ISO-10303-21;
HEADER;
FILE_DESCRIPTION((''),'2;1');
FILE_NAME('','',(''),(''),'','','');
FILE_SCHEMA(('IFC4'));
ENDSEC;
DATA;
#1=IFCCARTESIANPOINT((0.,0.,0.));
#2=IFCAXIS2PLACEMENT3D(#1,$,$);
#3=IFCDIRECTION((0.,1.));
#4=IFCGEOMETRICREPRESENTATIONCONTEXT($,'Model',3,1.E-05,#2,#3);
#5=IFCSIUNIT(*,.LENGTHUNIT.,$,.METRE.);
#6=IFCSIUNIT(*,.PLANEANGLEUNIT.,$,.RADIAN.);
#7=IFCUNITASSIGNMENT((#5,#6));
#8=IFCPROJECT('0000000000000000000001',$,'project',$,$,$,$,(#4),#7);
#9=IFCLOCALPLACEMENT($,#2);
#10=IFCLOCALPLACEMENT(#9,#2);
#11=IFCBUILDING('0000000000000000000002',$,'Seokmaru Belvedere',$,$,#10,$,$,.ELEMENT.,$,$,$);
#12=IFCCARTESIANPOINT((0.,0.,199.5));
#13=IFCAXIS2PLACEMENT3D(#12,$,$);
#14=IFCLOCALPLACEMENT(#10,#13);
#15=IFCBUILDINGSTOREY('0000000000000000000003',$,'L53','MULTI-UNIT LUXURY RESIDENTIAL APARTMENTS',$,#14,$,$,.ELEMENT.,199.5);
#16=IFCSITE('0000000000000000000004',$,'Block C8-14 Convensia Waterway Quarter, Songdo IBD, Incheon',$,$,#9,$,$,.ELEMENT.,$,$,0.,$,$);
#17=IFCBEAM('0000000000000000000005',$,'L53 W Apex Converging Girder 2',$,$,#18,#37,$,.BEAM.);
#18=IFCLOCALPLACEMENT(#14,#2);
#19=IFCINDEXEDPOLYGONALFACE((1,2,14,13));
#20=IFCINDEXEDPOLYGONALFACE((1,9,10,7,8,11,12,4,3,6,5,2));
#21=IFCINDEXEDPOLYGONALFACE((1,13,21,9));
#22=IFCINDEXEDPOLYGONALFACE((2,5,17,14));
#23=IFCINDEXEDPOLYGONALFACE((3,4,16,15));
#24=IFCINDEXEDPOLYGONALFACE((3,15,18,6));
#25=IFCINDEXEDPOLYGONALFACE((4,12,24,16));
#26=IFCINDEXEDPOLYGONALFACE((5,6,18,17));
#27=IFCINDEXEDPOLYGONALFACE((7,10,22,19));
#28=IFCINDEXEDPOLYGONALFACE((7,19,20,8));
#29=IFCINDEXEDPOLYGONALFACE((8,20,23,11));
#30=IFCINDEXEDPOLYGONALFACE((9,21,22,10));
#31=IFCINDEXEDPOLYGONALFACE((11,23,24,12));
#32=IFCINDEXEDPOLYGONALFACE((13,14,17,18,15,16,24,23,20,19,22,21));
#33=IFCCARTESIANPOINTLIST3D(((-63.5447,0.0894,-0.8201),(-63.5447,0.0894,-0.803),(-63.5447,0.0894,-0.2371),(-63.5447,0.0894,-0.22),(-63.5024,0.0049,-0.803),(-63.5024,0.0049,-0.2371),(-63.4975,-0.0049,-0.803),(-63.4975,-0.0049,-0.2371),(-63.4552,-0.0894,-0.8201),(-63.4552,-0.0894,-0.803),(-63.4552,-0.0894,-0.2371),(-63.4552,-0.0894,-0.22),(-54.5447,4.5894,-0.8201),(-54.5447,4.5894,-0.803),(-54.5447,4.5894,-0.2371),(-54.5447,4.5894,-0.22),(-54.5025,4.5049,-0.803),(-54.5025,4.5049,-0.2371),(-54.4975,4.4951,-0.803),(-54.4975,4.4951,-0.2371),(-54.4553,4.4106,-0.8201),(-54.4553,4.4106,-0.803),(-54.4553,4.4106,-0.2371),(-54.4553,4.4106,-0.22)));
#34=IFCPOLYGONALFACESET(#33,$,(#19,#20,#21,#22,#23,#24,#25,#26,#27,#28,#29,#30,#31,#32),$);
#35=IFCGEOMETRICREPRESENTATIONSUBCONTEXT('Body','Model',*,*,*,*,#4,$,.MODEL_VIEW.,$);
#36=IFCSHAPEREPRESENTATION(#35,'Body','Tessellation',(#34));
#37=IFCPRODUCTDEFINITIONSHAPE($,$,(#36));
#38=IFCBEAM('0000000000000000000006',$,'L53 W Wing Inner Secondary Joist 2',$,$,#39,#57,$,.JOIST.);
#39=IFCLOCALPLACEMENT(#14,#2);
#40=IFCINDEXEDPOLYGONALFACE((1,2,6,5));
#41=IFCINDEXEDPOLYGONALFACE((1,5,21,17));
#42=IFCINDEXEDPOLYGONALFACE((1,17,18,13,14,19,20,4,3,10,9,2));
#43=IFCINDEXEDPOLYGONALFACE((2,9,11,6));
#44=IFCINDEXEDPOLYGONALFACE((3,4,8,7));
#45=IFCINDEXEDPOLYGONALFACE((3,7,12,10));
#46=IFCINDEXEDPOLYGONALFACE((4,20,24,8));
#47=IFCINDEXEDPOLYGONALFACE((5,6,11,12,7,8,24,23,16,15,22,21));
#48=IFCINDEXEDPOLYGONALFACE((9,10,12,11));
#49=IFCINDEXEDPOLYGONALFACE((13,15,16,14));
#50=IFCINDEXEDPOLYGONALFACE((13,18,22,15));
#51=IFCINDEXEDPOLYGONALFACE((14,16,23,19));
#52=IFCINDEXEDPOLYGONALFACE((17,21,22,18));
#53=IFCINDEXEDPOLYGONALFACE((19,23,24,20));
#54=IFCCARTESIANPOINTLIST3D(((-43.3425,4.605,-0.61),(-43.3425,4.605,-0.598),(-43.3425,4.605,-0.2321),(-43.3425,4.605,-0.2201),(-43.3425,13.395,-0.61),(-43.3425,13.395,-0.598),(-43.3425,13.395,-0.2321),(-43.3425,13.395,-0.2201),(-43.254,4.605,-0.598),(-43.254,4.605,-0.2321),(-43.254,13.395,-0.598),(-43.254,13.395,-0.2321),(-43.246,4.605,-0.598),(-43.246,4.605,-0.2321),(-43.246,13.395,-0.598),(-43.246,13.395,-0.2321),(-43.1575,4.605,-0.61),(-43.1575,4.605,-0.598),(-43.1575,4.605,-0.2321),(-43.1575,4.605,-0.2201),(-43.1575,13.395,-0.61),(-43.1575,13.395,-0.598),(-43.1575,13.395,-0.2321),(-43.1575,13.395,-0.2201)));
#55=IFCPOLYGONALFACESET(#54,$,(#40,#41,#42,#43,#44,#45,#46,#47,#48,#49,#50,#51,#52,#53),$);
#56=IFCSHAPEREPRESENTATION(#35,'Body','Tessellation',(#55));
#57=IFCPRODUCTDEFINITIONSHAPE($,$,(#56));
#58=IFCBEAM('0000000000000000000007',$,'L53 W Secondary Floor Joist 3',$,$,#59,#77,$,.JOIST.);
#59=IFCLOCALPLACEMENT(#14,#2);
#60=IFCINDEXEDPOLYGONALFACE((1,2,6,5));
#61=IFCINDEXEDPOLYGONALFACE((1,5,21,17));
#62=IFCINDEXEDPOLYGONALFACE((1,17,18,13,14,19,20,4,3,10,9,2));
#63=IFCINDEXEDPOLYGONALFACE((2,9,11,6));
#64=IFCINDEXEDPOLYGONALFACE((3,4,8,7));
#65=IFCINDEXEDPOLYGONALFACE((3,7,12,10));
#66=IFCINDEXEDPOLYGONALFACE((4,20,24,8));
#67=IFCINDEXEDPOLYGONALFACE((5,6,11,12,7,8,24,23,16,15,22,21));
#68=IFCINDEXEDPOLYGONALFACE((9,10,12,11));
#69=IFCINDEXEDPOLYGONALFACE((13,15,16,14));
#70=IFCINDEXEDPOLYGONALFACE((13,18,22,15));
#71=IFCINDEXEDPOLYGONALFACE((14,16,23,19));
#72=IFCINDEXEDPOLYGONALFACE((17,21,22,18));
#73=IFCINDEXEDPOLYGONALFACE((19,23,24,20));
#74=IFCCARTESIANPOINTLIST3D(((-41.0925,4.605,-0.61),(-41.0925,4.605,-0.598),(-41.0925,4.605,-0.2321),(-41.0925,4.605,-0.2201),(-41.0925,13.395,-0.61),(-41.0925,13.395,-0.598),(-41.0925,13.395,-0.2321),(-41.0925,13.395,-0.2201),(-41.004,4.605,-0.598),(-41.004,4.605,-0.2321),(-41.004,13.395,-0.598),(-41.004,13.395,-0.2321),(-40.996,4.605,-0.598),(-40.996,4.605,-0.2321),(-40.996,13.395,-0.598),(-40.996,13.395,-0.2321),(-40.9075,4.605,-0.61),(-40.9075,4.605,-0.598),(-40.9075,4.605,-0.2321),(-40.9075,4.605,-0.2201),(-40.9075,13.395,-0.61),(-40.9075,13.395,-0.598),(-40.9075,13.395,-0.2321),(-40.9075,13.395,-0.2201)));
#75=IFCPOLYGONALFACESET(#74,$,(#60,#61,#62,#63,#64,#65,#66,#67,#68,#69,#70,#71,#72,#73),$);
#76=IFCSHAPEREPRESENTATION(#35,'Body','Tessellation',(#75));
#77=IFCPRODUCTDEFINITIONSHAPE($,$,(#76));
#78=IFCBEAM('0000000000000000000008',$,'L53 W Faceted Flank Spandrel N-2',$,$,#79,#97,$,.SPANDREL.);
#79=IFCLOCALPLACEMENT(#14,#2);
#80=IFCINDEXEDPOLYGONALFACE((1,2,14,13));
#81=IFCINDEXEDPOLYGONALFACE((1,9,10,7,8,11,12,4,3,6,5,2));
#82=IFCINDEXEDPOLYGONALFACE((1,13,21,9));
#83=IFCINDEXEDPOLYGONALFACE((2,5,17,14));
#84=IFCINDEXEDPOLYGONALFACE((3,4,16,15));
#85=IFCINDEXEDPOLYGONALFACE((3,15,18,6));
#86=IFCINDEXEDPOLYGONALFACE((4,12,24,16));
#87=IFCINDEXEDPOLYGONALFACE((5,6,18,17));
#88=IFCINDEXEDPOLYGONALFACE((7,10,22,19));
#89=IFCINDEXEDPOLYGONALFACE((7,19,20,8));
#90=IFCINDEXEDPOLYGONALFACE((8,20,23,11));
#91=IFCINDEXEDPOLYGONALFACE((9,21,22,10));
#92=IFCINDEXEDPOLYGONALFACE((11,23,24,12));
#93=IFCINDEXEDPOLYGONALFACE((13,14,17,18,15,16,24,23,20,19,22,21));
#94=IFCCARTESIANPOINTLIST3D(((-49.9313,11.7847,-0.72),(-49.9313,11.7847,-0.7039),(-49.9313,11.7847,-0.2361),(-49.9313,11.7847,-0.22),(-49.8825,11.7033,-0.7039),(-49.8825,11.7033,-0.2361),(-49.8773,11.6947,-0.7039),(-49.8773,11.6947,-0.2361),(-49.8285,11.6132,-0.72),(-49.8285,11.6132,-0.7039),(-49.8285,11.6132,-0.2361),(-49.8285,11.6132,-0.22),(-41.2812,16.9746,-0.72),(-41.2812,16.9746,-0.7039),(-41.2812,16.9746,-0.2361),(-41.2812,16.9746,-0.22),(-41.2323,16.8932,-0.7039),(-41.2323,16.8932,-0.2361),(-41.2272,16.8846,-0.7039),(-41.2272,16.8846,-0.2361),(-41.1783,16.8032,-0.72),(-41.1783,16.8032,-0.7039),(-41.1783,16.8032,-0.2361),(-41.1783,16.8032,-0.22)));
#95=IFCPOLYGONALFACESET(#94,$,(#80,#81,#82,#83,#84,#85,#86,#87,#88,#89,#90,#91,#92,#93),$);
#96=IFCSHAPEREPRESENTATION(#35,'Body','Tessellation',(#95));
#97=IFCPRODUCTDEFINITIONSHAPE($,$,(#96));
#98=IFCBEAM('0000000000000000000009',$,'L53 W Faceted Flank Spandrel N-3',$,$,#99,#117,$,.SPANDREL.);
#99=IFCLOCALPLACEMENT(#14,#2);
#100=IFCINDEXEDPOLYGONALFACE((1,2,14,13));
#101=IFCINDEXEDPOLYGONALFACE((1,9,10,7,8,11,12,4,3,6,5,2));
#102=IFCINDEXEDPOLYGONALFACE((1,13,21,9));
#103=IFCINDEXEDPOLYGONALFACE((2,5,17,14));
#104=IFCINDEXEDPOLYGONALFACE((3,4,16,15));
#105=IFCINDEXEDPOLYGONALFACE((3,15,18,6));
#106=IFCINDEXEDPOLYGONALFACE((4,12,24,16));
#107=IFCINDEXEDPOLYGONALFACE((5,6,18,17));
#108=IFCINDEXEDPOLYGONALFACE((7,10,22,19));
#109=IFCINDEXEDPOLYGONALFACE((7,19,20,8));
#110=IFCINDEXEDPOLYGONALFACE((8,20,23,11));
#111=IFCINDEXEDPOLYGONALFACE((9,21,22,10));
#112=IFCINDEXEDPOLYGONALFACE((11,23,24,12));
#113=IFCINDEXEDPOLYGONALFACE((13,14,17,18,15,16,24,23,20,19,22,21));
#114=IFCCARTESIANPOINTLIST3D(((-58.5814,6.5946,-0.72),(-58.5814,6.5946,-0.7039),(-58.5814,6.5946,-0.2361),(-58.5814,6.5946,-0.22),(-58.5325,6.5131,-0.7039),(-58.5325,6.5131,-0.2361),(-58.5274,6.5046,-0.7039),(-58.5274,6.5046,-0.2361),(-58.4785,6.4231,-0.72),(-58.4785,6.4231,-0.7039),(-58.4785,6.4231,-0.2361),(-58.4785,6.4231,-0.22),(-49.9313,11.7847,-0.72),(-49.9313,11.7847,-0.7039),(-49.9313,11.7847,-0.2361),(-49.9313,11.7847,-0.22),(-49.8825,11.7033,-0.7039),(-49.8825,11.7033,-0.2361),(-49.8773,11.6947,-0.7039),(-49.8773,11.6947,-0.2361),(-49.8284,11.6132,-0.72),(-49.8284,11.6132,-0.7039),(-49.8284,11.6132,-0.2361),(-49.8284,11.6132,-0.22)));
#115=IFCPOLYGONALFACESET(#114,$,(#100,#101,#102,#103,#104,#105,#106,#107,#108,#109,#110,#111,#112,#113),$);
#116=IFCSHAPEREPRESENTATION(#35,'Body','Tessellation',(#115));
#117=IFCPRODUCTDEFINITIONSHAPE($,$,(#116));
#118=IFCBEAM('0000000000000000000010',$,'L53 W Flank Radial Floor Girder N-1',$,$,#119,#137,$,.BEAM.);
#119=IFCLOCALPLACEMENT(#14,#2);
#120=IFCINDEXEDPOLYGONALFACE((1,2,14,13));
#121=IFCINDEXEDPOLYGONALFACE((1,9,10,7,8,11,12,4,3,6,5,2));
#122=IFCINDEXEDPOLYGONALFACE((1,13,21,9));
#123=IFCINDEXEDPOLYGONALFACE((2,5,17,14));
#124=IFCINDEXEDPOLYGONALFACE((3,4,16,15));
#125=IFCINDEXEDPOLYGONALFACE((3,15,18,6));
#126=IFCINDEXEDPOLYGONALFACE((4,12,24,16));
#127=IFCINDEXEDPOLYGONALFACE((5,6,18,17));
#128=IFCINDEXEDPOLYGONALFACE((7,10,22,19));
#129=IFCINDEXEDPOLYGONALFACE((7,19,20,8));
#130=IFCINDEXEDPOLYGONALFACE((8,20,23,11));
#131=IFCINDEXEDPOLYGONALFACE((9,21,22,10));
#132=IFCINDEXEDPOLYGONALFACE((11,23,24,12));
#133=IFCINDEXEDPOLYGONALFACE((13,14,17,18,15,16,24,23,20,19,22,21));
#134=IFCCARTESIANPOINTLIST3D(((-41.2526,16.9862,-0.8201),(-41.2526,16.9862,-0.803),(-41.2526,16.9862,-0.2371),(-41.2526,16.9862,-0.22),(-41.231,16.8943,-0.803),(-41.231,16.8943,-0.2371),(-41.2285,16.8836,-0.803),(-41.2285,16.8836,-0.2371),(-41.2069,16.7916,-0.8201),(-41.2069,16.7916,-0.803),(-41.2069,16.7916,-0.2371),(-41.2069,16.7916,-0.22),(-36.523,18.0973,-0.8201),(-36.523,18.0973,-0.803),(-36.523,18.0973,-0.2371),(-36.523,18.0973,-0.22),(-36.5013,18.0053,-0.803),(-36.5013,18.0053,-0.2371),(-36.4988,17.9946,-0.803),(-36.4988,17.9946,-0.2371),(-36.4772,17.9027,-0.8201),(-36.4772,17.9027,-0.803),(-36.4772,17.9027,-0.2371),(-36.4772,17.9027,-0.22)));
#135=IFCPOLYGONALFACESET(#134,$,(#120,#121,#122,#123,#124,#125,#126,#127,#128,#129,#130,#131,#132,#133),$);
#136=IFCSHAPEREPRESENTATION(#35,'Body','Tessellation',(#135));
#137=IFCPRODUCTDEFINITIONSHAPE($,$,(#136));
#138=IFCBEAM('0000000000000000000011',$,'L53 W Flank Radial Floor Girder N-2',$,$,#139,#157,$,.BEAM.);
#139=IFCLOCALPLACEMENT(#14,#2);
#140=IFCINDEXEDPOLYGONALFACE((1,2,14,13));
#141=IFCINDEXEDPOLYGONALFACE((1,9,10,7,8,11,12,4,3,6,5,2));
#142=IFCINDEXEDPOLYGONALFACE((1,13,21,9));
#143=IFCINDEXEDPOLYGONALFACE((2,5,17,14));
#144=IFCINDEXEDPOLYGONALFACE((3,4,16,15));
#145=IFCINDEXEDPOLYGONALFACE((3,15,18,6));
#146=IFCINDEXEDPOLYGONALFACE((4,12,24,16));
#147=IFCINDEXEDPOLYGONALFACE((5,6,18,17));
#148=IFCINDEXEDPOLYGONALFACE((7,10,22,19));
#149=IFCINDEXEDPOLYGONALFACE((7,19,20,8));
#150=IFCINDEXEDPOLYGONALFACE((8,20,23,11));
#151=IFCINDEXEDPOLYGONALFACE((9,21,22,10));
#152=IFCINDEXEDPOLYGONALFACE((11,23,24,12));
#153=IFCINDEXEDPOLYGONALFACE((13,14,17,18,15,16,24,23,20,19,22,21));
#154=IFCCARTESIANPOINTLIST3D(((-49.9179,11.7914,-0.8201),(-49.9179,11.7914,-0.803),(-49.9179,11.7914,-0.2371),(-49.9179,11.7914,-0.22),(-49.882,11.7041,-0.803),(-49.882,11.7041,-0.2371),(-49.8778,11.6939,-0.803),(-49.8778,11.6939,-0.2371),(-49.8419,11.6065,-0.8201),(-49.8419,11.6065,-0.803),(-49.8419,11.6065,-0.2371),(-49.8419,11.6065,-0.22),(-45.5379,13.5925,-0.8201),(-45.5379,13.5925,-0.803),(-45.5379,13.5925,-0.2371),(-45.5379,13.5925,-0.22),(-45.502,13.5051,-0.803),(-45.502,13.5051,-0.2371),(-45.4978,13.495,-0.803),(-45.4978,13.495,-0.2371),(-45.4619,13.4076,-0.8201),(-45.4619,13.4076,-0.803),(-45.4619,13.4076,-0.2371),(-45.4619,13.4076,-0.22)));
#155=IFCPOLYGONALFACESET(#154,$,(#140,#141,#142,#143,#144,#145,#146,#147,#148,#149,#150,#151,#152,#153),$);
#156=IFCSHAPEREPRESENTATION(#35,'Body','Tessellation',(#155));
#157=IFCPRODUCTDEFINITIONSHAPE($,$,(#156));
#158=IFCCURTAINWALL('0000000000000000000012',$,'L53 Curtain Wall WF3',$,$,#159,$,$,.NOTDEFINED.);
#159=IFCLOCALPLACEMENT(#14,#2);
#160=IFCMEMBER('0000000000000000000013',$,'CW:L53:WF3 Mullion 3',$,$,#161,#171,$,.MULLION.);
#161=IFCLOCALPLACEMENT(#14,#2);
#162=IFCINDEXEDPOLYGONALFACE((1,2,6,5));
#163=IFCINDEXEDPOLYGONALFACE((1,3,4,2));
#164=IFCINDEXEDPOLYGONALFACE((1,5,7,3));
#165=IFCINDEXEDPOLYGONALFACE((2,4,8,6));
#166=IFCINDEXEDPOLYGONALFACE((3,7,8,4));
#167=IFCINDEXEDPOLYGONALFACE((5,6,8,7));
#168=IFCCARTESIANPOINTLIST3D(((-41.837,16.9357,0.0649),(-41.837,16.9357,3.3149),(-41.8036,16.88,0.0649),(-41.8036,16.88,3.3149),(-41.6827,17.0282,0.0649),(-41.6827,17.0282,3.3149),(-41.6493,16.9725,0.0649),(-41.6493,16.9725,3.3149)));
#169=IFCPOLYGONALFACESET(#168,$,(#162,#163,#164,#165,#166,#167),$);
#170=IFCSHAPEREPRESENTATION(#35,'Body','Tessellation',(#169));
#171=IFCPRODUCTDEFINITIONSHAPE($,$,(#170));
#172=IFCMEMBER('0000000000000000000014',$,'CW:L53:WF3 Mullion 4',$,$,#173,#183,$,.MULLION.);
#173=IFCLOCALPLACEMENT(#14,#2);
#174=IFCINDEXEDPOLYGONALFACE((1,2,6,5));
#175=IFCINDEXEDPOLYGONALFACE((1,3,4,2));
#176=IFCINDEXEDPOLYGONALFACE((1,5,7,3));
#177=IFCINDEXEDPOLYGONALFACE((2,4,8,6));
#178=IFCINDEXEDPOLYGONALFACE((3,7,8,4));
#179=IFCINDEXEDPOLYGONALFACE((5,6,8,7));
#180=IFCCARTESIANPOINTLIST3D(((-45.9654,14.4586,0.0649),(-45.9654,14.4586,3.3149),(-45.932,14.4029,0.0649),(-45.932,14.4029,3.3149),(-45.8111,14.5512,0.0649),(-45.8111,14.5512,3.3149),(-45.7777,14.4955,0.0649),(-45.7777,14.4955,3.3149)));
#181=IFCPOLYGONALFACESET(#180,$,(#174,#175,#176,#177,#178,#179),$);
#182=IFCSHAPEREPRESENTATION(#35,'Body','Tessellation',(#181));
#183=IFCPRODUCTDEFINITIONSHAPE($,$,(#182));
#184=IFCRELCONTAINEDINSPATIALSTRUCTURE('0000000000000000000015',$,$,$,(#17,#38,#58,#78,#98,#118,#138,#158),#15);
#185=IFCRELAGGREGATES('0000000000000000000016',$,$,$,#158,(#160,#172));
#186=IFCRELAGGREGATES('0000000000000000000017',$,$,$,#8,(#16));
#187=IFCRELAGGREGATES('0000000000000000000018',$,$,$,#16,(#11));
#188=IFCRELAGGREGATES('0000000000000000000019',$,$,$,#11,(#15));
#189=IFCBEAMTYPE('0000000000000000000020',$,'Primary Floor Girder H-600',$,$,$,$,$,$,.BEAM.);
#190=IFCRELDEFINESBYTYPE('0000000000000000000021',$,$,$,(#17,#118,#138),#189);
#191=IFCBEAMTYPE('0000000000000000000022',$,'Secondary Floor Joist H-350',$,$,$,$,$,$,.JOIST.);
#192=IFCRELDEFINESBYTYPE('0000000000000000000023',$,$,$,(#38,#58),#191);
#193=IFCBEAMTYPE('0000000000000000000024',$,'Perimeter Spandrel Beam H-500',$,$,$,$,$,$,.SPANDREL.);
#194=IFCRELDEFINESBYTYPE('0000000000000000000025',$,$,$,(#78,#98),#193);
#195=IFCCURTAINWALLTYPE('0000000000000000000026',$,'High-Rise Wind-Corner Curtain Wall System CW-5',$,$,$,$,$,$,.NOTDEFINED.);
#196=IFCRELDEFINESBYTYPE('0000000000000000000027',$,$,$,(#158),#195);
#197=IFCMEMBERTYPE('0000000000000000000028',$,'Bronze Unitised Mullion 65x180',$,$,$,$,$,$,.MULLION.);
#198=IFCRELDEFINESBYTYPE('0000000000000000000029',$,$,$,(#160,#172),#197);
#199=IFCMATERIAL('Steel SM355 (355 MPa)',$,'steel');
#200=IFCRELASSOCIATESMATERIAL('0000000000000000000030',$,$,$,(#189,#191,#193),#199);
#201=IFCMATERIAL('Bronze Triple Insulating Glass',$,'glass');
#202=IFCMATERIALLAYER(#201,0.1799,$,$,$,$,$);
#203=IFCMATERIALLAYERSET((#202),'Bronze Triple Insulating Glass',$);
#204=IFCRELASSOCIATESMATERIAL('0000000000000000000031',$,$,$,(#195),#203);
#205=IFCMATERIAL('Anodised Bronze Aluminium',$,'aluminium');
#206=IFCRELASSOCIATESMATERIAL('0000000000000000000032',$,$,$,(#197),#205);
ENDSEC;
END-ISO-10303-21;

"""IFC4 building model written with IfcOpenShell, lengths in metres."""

from ifc_helpers import new_model, si_unit, direction, frame, origin, origin_2d, place, context, subcontext, project, spatial, rectangle, i_section, extrude, source, transform, mapped, material, layer, layer_set, material_profile, profile_set, type_object, type_shapes, element, aggregate, save


model = new_model("IFC4")

# Units and contexts
model_context = context("Model", 3, precision=1e-05, world=origin(), true_north=direction((0.0, 1.0)))
body_context = subcontext(model_context, "Body", "Model", "MODEL_VIEW")
ifc_project = project(units=[si_unit("LENGTHUNIT", "METRE"), si_unit("PLANEANGLEUNIT", "RADIAN")], contexts=[model_context])

# Site, building, storey
site_placement = place(None, origin())
site = spatial("IfcSite", under=ifc_project, at=site_placement, Name="Block C8-14 Convensia Waterway Quarter, Songdo IBD, Incheon", CompositionType="ELEMENT", RefElevation=0.0)
building_placement = place(site_placement, origin())
building = spatial("IfcBuilding", under=site, at=building_placement, Name="Seokmaru Belvedere", CompositionType="ELEMENT")
storey_placement = place(building_placement, frame((0.0, 0.0, 199.5)))
storey = spatial("IfcBuildingStorey", under=building, at=storey_placement, Name="L53", Description="MULTI-UNIT LUXURY RESIDENTIAL APARTMENTS", CompositionType="ELEMENT", Elevation=199.5)

# Shared definitions
ifc_material_1 = material(Name="Steel SM355 (355 MPa)", Category="steel")

# Beams
ifc_material_profile_1 = material_profile(ifc_material_1, i_section(OverallWidth=0.2, OverallDepth=0.6001, WebThickness=0.011, FlangeThickness=0.0171, at=origin_2d()), Name="H-600x200x11x17")
ifc_profile_set_1 = profile_set([ifc_material_profile_1], Name="Steel SM355 (355 MPa)")
beam_type_1 = type_object("IfcBeamType", Name="Primary Floor Girder H-600", PredefinedType="BEAM", material=ifc_profile_set_1)
shared_shape_1 = source(origin(), body_context, "Body", "SweptSolid", [
    extrude(i_section(OverallWidth=0.2, OverallDepth=0.6001, WebThickness=0.011, FlangeThickness=0.0171, at=origin_2d()), origin(), (0.0, 0.0, 1.0), 10.0623),
])
beam_1_placement = place(storey_placement, frame((-54.5, 4.5, -0.52), z_axis=(-0.894427, -0.447214, 0.0), x_axis=(0.447214, -0.894427, 0.0)))
element("IfcBeam", 1, at=beam_1_placement, inside=storey, type_object=beam_type_1, Name="L53 W Apex Converging Girder 2", PredefinedType="BEAM", context=body_context, shape_type="MappedRepresentation", body=[
    mapped(shared_shape_1, transform((0.0, 0.0, 0.0), scale=1.0)),
])
ifc_material_profile_2 = material_profile(ifc_material_1, i_section(OverallWidth=0.1851, OverallDepth=0.3899, WebThickness=0.0081, FlangeThickness=0.012, at=origin_2d()), Name="H-390x185x8x12")
ifc_profile_set_2 = profile_set([ifc_material_profile_2], Name="Steel SM355 (355 MPa)")
beam_type_2 = type_object("IfcBeamType", Name="Secondary Floor Joist H-350", PredefinedType="JOIST", material=ifc_profile_set_2)
shared_shape_2 = source(origin(), body_context, "Body", "SweptSolid", [
    extrude(i_section(OverallWidth=0.1851, OverallDepth=0.3899, WebThickness=0.0081, FlangeThickness=0.012, at=origin_2d()), origin(), (0.0, 0.0, 1.0), 8.79),
])
type_shapes(beam_type_2, [shared_shape_2])
for number, where, z_axis, x_axis, name in (
    (2, (-43.25, 4.605, -0.415), (0.0, 1.0, 0.0), (-1.0, 0.0, 0.0), "L53 W Wing Inner Secondary Joist 2"),
    (3, (-41.0, 4.605, -0.415), (0.0, 1.0, 0.0), (-1.0, 0.0, 0.0), "L53 W Secondary Floor Joist 3"),
):
    element("IfcBeam", number, at=place(storey_placement, frame(where, z_axis=z_axis, x_axis=x_axis)), inside=storey, type_object=beam_type_2, Name=name, PredefinedType="JOIST", context=body_context, shape_type="MappedRepresentation", body=[
        mapped(shared_shape_2, transform((0.0, 0.0, 0.0), scale=1.0)),
    ])
ifc_material_profile_3 = material_profile(ifc_material_1, i_section(OverallWidth=0.2, OverallDepth=0.5, WebThickness=0.01, FlangeThickness=0.0161, at=origin_2d()), Name="H-500x200x10x16")
ifc_profile_set_3 = profile_set([ifc_material_profile_3], Name="Steel SM355 (355 MPa)")
beam_type_3 = type_object("IfcBeamType", Name="Perimeter Spandrel Beam H-500", PredefinedType="SPANDREL", material=ifc_profile_set_3)
shared_shape_3 = source(origin(), body_context, "Body", "SweptSolid", [
    extrude(i_section(OverallWidth=0.2, OverallDepth=0.5, WebThickness=0.01, FlangeThickness=0.0161, at=origin_2d()), origin(), (0.0, 0.0, 1.0), 10.0876),
])
type_shapes(beam_type_3, [shared_shape_3])
for number, where, z_axis, x_axis, name in (
    (4, (-41.2297, 16.8889, -0.47), (-0.857499, -0.514485, 0.0), (0.514485, -0.857499, 0.0), "L53 W Faceted Flank Spandrel N-2"),
    (5, (-49.8799, 11.699, -0.47), (-0.857489, -0.514503, 0.0), (0.514503, -0.857489, 0.0), "L53 W Faceted Flank Spandrel N-3"),
):
    element("IfcBeam", number, at=place(storey_placement, frame(where, z_axis=z_axis, x_axis=x_axis)), inside=storey, type_object=beam_type_3, Name=name, PredefinedType="SPANDREL", context=body_context, shape_type="MappedRepresentation", body=[
        mapped(shared_shape_3, transform((0.0, 0.0, 0.0), scale=1.0)),
    ])
shared_shape_4 = source(origin(), body_context, "Body", "SweptSolid", [
    extrude(i_section(OverallWidth=0.2, OverallDepth=0.6001, WebThickness=0.011, FlangeThickness=0.0171, at=origin_2d()), origin(), (0.0, 0.0, 1.0), 4.8584),
])
beam_2_placement = place(storey_placement, frame((-41.2297, 16.8889, -0.52), z_axis=(0.973499, 0.228689, 0.0), x_axis=(-0.228689, 0.973499, 0.0)))
element("IfcBeam", 6, at=beam_2_placement, inside=storey, type_object=beam_type_1, Name="L53 W Flank Radial Floor Girder N-1", PredefinedType="BEAM", context=body_context, shape_type="MappedRepresentation", body=[
    mapped(shared_shape_4, transform((0.0, 0.0, 0.0), scale=1.0)),
])
shared_shape_5 = source(origin(), body_context, "Body", "SweptSolid", [
    extrude(i_section(OverallWidth=0.2, OverallDepth=0.6001, WebThickness=0.011, FlangeThickness=0.0171, at=origin_2d()), origin(), (0.0, 0.0, 1.0), 4.7358),
])
beam_3_placement = place(storey_placement, frame((-49.8799, 11.699, -0.52), z_axis=(0.924861, 0.380306, 0.0), x_axis=(-0.380306, 0.924861, 0.0)))
element("IfcBeam", 7, at=beam_3_placement, inside=storey, type_object=beam_type_1, Name="L53 W Flank Radial Floor Girder N-2", PredefinedType="BEAM", context=body_context, shape_type="MappedRepresentation", body=[
    mapped(shared_shape_5, transform((0.0, 0.0, 0.0), scale=1.0)),
])

# Curtain wall, members
ifc_material_2 = material(Name="Bronze Triple Insulating Glass", Category="glass")
ifc_layer_1 = layer(ifc_material_2, 0.1799)
ifc_layer_set_1 = layer_set([ifc_layer_1], Name="Bronze Triple Insulating Glass")
curtain_wall_type = type_object("IfcCurtainWallType", Name="High-Rise Wind-Corner Curtain Wall System CW-5", PredefinedType="NOTDEFINED", material=ifc_layer_set_1)
curtain_wall_placement = place(storey_placement, origin())
curtain_wall = element("IfcCurtainWall", 8, at=curtain_wall_placement, inside=storey, type_object=curtain_wall_type, Name="L53 Curtain Wall WF3", PredefinedType="NOTDEFINED")
ifc_material_3 = material(Name="Anodised Bronze Aluminium", Category="aluminium")
ifc_material_profile_4 = material_profile(ifc_material_3, rectangle(XDim=0.0649, YDim=0.1799, at=origin_2d()), Name="CW-M-65x180")
ifc_profile_set_4 = profile_set([ifc_material_profile_4], Name="Anodised Bronze Aluminium")
member_type = type_object("IfcMemberType", Name="Bronze Unitised Mullion 65x180", PredefinedType="MULLION", material=ifc_profile_set_4)
shared_shape_6 = source(origin(), body_context, "Body", "SweptSolid", [
    extrude(rectangle(XDim=0.0649, YDim=0.1799, at=origin_2d()), origin(), (0.0, 0.0, 1.0), 3.25),
])
type_shapes(member_type, [shared_shape_6])
member_1_placement = place(storey_placement, frame((-41.7432, 16.9541, 0.0649), z_axis=(0.0, 0.0, 1.0), x_axis=(0.514495, -0.857493, 0.0)))
member_1 = element("IfcMember", 9, at=member_1_placement, type_object=member_type, Name="CW:L53:WF3 Mullion 3", PredefinedType="MULLION", context=body_context, shape_type="MappedRepresentation", body=[
    mapped(shared_shape_6, transform((0.0, 0.0, 0.0), scale=1.0)),
])
member_2_placement = place(storey_placement, frame((-45.8716, 14.4771, 0.0649), z_axis=(0.0, 0.0, 1.0), x_axis=(0.514495, -0.857493, 0.0)))
member_2 = element("IfcMember", 10, at=member_2_placement, type_object=member_type, Name="CW:L53:WF3 Mullion 4", PredefinedType="MULLION", context=body_context, shape_type="MappedRepresentation", body=[
    mapped(shared_shape_6, transform((0.0, 0.0, 0.0), scale=1.0)),
])
aggregate(curtain_wall, [member_1, member_2])

save(model, "model.ifc")
